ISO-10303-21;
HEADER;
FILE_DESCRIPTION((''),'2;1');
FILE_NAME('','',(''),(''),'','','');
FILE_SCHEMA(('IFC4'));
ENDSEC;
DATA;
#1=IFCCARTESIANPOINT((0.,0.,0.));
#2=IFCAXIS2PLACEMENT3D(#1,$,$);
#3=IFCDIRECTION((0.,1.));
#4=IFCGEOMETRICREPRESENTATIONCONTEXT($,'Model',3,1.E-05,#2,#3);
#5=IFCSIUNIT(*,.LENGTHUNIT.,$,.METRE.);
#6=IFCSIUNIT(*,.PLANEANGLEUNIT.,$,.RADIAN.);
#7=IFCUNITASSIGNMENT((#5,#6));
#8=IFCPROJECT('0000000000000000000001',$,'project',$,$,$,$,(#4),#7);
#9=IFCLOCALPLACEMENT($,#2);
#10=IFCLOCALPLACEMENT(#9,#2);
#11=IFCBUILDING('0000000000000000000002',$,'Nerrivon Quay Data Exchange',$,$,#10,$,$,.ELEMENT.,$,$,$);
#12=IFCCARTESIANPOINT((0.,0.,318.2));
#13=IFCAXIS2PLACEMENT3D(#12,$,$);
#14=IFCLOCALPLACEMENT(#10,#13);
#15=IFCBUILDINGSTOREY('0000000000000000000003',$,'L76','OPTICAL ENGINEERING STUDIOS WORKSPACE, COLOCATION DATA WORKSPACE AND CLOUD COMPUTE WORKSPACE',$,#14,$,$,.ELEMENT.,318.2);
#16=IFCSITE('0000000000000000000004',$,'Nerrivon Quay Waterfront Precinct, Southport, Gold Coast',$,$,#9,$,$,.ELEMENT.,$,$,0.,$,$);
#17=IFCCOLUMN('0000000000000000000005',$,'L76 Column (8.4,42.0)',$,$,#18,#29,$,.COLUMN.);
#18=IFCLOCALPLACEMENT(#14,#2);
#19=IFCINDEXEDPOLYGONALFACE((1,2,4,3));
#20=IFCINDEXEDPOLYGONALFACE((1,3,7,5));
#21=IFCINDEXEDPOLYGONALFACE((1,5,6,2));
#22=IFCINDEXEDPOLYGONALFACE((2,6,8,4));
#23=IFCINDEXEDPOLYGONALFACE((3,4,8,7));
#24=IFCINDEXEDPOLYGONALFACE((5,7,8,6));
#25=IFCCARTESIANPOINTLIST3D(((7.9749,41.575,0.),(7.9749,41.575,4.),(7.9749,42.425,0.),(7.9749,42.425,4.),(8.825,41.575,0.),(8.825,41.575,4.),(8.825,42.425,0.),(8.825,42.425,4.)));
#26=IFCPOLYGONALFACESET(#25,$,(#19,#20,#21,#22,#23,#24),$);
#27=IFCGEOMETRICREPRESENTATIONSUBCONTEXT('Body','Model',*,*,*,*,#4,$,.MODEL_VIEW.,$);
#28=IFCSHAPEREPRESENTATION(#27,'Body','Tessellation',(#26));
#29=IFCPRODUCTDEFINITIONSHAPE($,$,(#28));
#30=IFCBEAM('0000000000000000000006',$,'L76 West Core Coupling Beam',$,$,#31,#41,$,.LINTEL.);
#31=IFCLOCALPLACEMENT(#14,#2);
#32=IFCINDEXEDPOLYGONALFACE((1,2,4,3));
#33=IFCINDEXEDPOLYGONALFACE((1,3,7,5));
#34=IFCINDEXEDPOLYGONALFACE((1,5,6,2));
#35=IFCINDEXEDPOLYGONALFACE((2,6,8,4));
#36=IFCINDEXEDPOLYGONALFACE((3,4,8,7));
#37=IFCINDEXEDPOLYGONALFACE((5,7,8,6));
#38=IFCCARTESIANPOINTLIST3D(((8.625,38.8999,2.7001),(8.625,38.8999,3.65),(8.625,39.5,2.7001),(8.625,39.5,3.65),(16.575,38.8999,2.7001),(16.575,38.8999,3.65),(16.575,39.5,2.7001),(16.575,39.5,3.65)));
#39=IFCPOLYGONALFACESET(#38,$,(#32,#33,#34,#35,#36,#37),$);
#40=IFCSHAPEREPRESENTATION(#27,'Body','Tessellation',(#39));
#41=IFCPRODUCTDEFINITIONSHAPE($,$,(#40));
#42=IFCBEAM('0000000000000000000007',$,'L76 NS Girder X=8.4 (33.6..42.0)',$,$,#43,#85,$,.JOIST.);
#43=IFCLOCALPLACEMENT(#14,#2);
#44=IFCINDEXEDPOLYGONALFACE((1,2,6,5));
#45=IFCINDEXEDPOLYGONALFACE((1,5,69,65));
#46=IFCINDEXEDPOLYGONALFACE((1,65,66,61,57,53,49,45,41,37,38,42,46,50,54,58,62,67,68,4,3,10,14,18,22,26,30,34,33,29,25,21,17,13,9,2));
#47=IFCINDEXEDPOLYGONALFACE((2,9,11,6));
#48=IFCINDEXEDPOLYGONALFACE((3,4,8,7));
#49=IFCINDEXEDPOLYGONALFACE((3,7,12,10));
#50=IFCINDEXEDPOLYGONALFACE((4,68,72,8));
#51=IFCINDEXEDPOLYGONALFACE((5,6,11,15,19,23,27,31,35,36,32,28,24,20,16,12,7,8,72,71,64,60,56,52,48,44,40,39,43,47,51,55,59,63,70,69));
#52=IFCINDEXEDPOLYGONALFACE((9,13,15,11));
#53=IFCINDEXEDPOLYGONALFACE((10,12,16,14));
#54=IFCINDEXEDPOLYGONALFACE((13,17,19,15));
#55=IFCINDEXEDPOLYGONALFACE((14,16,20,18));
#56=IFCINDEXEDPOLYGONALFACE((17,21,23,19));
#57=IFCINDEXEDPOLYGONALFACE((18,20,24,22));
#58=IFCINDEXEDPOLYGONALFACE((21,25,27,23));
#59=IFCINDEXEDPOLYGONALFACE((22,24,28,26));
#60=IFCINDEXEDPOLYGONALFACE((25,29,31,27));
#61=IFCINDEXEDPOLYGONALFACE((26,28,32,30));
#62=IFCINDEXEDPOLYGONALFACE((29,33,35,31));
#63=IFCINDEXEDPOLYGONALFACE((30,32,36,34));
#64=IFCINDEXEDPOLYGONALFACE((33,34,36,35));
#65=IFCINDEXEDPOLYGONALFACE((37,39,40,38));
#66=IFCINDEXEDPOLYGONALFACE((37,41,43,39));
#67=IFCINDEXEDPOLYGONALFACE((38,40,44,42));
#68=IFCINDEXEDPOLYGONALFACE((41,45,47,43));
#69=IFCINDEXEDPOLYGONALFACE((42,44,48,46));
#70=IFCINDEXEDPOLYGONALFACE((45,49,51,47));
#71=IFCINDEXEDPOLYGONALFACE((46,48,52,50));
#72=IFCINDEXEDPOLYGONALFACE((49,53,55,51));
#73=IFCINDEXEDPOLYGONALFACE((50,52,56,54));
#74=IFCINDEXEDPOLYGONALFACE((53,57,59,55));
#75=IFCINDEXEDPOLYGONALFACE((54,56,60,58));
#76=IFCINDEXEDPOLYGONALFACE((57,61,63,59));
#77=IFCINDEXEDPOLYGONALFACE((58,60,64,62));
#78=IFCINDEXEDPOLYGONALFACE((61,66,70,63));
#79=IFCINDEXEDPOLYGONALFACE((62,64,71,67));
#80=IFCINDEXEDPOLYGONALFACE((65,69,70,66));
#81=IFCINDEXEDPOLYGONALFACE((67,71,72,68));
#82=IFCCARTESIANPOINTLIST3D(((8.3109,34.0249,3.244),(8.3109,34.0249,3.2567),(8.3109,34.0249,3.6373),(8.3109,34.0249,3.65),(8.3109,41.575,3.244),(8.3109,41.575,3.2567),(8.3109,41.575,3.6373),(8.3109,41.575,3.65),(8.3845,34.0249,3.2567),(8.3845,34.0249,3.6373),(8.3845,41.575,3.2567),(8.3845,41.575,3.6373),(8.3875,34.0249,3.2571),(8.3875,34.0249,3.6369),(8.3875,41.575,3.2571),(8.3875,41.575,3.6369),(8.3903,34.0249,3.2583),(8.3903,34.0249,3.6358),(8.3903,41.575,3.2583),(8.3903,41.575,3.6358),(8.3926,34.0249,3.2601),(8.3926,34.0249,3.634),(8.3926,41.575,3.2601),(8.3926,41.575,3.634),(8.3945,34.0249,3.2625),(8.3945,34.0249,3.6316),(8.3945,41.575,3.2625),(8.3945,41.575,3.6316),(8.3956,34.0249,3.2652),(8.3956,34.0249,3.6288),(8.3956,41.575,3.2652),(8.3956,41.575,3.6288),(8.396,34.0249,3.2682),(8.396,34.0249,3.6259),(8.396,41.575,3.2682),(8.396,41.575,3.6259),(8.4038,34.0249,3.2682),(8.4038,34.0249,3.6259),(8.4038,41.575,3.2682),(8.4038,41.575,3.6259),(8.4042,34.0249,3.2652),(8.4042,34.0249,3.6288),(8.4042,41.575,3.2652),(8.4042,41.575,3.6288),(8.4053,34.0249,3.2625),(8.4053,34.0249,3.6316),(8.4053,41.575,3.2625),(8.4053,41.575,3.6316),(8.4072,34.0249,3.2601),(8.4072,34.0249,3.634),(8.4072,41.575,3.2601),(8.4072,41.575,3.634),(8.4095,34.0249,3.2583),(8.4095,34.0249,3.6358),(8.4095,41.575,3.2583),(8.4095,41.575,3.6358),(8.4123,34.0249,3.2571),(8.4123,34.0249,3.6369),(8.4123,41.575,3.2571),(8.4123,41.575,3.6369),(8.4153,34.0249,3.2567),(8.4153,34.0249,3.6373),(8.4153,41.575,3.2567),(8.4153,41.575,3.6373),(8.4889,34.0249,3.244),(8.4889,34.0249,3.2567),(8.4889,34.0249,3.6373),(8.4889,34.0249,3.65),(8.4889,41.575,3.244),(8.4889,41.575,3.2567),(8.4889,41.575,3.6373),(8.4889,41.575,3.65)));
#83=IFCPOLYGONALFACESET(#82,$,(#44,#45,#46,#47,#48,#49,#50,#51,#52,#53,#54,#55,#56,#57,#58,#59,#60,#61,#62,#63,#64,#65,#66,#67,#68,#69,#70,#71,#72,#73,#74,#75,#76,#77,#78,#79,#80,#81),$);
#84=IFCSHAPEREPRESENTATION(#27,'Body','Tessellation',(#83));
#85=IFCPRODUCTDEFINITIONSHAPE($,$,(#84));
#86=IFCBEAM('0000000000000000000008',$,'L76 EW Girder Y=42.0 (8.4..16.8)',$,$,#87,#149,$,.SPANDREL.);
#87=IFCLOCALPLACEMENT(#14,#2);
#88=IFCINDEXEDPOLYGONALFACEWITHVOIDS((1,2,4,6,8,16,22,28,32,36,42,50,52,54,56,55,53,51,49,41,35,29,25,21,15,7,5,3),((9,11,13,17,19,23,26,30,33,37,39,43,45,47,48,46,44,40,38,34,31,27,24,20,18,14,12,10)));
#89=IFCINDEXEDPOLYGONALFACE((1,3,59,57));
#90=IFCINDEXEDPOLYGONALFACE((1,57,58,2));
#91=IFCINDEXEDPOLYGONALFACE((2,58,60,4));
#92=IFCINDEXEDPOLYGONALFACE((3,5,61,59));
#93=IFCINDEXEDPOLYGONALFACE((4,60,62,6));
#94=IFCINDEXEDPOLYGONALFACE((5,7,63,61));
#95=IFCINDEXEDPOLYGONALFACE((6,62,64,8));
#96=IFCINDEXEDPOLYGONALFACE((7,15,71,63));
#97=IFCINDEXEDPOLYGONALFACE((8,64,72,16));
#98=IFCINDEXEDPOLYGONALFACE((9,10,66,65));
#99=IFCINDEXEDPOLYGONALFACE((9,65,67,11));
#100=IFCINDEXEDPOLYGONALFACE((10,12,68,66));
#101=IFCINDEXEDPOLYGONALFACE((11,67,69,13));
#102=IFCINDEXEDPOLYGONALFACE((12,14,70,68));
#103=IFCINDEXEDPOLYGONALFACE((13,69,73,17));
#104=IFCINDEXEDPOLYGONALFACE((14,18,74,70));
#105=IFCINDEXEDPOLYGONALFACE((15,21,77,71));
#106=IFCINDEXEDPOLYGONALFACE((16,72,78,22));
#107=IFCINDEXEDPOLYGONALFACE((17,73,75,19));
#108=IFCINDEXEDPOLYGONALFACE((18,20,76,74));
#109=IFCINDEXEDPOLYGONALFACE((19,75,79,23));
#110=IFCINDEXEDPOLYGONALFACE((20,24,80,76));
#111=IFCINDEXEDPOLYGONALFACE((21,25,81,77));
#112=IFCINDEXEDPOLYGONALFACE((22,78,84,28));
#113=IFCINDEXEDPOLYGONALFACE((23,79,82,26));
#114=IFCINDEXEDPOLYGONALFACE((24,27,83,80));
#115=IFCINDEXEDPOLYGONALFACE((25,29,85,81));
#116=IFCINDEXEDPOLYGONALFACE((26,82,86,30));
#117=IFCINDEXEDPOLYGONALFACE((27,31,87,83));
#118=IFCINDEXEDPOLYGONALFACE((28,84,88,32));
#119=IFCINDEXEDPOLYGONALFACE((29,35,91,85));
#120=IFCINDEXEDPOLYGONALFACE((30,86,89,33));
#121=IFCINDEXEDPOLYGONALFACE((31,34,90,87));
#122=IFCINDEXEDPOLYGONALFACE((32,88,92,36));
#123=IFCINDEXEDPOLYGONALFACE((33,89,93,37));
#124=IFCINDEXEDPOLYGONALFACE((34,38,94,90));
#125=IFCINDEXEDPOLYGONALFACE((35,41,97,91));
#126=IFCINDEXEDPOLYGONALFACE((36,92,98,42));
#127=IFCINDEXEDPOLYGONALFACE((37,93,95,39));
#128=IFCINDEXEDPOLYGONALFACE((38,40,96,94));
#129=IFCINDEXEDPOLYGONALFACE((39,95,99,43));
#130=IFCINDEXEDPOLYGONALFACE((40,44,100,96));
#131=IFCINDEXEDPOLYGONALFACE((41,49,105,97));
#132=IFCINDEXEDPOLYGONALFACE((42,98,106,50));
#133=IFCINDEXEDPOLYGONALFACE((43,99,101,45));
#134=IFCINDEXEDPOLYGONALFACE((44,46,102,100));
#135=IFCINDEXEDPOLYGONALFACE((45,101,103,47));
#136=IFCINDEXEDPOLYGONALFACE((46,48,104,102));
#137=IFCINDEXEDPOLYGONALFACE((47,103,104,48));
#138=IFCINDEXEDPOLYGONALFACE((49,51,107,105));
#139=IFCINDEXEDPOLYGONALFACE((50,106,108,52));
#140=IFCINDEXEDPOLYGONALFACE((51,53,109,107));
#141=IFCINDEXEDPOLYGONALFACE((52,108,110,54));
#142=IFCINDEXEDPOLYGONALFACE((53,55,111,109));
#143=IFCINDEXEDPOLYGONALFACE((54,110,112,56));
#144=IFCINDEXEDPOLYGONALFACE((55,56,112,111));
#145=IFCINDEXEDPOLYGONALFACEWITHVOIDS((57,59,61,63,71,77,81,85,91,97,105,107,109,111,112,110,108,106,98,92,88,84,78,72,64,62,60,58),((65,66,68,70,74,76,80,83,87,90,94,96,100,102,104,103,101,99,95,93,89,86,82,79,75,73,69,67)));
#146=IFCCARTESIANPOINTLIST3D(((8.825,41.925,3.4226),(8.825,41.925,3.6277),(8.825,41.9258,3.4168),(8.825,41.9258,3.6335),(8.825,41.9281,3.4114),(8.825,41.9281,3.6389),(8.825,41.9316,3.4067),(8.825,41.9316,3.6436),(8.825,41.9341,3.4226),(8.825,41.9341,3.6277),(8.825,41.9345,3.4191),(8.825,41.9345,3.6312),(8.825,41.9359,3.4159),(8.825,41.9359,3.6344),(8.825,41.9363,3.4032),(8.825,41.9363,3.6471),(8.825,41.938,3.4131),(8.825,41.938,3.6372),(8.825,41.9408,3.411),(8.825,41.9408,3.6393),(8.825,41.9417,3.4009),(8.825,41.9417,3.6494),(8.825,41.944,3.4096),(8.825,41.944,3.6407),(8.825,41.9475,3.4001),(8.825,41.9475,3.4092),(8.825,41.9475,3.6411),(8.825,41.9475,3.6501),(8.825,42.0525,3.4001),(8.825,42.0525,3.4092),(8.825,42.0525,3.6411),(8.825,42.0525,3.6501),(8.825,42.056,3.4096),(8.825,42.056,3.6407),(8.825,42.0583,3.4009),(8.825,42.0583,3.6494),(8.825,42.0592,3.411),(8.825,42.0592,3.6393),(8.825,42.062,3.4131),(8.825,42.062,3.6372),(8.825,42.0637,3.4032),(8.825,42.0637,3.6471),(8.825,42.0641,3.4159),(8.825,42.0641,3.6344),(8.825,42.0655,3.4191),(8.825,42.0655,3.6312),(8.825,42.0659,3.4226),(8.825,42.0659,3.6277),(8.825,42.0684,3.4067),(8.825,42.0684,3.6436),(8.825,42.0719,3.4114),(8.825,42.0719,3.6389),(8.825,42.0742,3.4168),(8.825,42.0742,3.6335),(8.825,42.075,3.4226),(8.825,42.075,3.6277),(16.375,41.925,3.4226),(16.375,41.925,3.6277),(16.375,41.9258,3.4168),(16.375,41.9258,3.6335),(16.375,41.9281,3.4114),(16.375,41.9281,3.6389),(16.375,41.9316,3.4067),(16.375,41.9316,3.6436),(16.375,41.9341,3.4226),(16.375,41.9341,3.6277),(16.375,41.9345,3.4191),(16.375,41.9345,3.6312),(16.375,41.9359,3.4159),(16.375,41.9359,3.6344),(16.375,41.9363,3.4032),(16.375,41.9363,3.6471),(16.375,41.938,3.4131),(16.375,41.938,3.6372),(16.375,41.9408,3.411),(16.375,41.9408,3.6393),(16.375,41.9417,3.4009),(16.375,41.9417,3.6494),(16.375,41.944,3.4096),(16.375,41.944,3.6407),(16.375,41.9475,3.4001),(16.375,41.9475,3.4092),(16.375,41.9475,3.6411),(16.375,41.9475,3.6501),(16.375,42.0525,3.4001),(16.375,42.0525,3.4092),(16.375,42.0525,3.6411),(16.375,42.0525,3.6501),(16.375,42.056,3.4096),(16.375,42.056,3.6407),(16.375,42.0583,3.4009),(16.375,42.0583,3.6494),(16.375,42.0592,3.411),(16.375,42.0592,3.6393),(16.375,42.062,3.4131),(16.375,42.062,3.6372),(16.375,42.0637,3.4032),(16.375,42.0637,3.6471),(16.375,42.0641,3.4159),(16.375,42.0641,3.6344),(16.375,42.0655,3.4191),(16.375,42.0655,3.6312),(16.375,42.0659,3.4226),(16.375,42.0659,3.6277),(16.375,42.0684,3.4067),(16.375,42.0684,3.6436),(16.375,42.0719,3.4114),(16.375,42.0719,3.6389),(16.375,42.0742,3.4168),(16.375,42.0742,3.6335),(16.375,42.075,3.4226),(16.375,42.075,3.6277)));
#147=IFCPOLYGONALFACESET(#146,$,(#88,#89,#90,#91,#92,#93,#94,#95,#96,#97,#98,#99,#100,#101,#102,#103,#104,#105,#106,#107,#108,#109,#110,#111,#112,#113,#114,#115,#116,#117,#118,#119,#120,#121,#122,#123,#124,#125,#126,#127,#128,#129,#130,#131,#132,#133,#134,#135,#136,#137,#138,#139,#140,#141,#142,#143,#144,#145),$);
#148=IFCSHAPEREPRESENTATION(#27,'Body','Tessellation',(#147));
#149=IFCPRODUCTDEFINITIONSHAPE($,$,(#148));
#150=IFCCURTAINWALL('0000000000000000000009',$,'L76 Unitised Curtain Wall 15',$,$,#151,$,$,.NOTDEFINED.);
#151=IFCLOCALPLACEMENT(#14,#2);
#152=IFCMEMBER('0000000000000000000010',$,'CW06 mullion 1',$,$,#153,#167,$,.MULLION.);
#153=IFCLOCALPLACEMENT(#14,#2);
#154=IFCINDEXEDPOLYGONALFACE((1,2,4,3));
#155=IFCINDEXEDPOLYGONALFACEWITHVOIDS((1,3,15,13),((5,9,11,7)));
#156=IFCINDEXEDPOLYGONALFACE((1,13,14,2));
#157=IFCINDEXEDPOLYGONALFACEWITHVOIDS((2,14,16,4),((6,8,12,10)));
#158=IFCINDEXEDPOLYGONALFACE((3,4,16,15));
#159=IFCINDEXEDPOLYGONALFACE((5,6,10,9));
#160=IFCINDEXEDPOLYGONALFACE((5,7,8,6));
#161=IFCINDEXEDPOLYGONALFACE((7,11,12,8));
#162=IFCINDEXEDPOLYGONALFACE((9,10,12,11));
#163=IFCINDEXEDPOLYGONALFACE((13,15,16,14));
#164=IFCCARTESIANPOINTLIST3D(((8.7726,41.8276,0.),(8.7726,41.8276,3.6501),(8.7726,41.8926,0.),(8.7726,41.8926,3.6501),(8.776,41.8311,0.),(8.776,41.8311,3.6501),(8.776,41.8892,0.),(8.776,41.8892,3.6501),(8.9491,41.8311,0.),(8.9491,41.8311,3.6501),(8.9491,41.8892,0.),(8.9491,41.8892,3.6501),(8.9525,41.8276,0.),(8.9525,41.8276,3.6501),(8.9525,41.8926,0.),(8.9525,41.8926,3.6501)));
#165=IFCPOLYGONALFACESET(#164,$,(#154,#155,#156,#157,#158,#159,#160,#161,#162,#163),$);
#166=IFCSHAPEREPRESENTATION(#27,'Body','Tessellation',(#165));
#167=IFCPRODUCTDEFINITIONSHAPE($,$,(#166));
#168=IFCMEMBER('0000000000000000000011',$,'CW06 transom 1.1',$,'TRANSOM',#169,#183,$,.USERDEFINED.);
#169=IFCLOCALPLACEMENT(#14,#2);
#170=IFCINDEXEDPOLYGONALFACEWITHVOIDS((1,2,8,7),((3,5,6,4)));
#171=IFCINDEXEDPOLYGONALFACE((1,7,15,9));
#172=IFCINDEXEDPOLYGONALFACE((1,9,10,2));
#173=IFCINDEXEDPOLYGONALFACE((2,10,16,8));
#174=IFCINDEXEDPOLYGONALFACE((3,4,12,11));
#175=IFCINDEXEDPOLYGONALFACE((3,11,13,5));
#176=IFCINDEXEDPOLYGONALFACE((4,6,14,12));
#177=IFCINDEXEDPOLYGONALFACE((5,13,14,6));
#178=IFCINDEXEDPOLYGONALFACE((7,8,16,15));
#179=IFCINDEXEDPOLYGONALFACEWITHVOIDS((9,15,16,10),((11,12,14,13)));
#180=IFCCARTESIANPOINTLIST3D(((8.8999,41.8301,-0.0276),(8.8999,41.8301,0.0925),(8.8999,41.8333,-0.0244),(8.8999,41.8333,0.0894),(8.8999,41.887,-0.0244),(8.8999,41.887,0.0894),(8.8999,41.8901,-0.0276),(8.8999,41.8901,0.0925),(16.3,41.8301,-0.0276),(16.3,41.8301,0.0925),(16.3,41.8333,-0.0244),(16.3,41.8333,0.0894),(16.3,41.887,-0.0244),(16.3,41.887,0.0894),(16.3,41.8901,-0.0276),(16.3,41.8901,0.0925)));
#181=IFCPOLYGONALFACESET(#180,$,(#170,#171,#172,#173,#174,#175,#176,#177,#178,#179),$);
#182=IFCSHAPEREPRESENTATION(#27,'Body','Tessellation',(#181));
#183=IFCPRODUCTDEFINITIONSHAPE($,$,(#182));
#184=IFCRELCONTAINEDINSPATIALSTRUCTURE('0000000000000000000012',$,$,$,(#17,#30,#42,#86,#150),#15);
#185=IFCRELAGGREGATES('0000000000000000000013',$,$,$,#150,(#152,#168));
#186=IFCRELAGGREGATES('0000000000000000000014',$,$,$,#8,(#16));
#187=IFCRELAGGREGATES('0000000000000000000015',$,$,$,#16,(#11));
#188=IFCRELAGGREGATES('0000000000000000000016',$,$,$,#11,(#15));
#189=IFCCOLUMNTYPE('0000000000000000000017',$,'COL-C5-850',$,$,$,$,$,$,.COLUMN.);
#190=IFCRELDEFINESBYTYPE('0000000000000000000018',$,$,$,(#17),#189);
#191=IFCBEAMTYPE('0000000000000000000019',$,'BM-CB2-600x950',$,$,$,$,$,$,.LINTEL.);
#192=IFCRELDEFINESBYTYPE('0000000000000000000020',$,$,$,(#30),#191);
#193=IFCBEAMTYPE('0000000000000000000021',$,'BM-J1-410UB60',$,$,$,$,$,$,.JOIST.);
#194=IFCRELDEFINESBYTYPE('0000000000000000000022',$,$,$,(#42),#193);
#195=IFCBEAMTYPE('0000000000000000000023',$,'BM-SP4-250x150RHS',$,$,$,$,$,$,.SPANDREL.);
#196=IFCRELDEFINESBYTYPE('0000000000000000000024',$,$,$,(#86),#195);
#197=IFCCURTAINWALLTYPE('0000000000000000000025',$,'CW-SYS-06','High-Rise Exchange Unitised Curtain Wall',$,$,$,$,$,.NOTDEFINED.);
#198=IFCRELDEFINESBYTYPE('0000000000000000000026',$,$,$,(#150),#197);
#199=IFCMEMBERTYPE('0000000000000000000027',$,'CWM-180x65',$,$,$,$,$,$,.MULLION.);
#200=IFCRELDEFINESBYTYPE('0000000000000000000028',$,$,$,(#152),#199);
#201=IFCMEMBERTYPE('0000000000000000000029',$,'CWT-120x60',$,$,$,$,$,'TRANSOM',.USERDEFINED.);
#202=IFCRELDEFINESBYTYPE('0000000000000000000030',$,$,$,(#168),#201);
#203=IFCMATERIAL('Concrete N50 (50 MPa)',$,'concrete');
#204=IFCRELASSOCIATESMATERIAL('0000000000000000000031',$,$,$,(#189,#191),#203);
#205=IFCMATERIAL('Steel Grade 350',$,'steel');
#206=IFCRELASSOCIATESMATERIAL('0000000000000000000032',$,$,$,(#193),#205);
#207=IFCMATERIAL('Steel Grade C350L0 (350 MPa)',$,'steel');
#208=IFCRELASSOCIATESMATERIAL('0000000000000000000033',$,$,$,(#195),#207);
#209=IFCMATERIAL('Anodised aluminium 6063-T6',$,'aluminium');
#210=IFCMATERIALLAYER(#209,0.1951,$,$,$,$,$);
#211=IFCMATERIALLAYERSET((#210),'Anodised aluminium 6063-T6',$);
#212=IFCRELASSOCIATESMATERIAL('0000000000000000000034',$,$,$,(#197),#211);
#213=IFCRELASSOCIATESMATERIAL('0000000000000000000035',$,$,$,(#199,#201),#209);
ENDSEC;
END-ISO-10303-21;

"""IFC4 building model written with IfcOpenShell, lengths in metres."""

from ifc_helpers import new_model, si_unit, direction, frame, origin, origin_2d, place, context, subcontext, project, spatial, rectangle, hollow_rectangle, i_section, extrude, material, layer, layer_set, material_profile, profile_set, type_object, element, aggregate, save


model = new_model("IFC4")

# Units and contexts
model_context = context("Model", 3, precision=1e-05, world=origin(), true_north=direction((0.0, 1.0)))
body_context = subcontext(model_context, "Body", "Model", "MODEL_VIEW")
ifc_project = project(units=[si_unit("LENGTHUNIT", "METRE"), si_unit("PLANEANGLEUNIT", "RADIAN")], contexts=[model_context])

# Site, building, storey
site_placement = place(None, origin())
site = spatial("IfcSite", under=ifc_project, at=site_placement, Name="Nerrivon Quay Waterfront Precinct, Southport, Gold Coast", CompositionType="ELEMENT", RefElevation=0.0)
building_placement = place(site_placement, origin())
building = spatial("IfcBuilding", under=site, at=building_placement, Name="Nerrivon Quay Data Exchange", CompositionType="ELEMENT")
storey_placement = place(building_placement, frame((0.0, 0.0, 318.2)))
storey = spatial("IfcBuildingStorey", under=building, at=storey_placement, Name="L76", Description="OPTICAL ENGINEERING STUDIOS WORKSPACE, COLOCATION DATA WORKSPACE AND CLOUD COMPUTE WORKSPACE", CompositionType="ELEMENT", Elevation=318.2)

# Column
ifc_material_1 = material(Name="Concrete N50 (50 MPa)", Category="concrete")
ifc_material_profile_1 = material_profile(ifc_material_1, rectangle(XDim=0.8501, YDim=0.8501, at=origin_2d()), Name="RC-COL-850x850")
ifc_profile_set_1 = profile_set([ifc_material_profile_1], Name="Concrete N50 (50 MPa)")
column_type = type_object("IfcColumnType", Name="COL-C5-850", PredefinedType="COLUMN", material=ifc_profile_set_1)
column_placement = place(storey_placement, frame((8.3999, 42.0, 0.0), z_axis=(0.0, 0.0, 1.0), x_axis=(1.0, 0.0, 0.0)))
element("IfcColumn", 1, at=column_placement, inside=storey, type_object=column_type, Name="L76 Column (8.4,42.0)", PredefinedType="COLUMN", context=body_context, shape_type="SweptSolid", body=[
    extrude(rectangle(XDim=0.8501, YDim=0.8501, at=origin_2d()), origin(), (0.0, 0.0, 1.0), 4.0),
])

# Beams
ifc_material_profile_2 = material_profile(ifc_material_1, rectangle(XDim=0.6001, YDim=0.95, at=origin_2d()), Name="RC-CB-600x950")
ifc_profile_set_2 = profile_set([ifc_material_profile_2], Name="Concrete N50 (50 MPa)")
beam_type_1 = type_object("IfcBeamType", Name="BM-CB2-600x950", PredefinedType="LINTEL", material=ifc_profile_set_2)
beam_1_placement = place(storey_placement, frame((8.625, 39.2, 3.175), z_axis=(1.0, 0.0, 0.0), x_axis=(0.0, 1.0, 0.0)))
element("IfcBeam", 2, at=beam_1_placement, inside=storey, type_object=beam_type_1, Name="L76 West Core Coupling Beam", PredefinedType="LINTEL", context=body_context, shape_type="SweptSolid", body=[
    extrude(rectangle(XDim=0.6001, YDim=0.95, at=origin_2d()), origin(), (0.0, 0.0, 1.0), 7.95),
])
ifc_material_2 = material(Name="Steel Grade 350", Category="steel")
ifc_material_profile_3 = material_profile(ifc_material_2, i_section(OverallWidth=0.178, OverallDepth=0.406, WebThickness=0.0078, FlangeThickness=0.0127, FilletRadius=0.0115, at=origin_2d()), Name="410UB59.7")
ifc_profile_set_3 = profile_set([ifc_material_profile_3], Name="Steel Grade 350")
beam_type_2 = type_object("IfcBeamType", Name="BM-J1-410UB60", PredefinedType="JOIST", material=ifc_profile_set_3)
beam_2_placement = place(storey_placement, frame((8.3999, 34.0249, 3.447), z_axis=(0.0, 1.0, 0.0), x_axis=(-1.0, 0.0, 0.0)))
element("IfcBeam", 3, at=beam_2_placement, inside=storey, type_object=beam_type_2, Name="L76 NS Girder X=8.4 (33.6..42.0)", PredefinedType="JOIST", context=body_context, shape_type="SweptSolid", body=[
    extrude(i_section(OverallWidth=0.178, OverallDepth=0.406, WebThickness=0.0078, FlangeThickness=0.0127, FilletRadius=0.0115, at=origin_2d()), origin(), (0.0, 0.0, 1.0), 7.55),
])
ifc_material_3 = material(Name="Steel Grade C350L0 (350 MPa)", Category="steel")
ifc_material_profile_4 = material_profile(ifc_material_3, hollow_rectangle(XDim=0.1499, YDim=0.25, WallThickness=0.009, InnerFilletRadius=0.0134, OuterFilletRadius=0.0225, at=origin_2d()), Name="250x150x9.0RHS")
ifc_profile_set_4 = profile_set([ifc_material_profile_4], Name="Steel Grade C350L0 (350 MPa)")
beam_type_3 = type_object("IfcBeamType", Name="BM-SP4-250x150RHS", PredefinedType="SPANDREL", material=ifc_profile_set_4)
beam_3_placement = place(storey_placement, frame((8.825, 42.0, 3.5251), z_axis=(1.0, 0.0, 0.0), x_axis=(0.0, 1.0, 0.0)))
element("IfcBeam", 4, at=beam_3_placement, inside=storey, type_object=beam_type_3, Name="L76 EW Girder Y=42.0 (8.4..16.8)", PredefinedType="SPANDREL", context=body_context, shape_type="SweptSolid", body=[
    extrude(hollow_rectangle(XDim=0.1499, YDim=0.25, WallThickness=0.009, InnerFilletRadius=0.0134, OuterFilletRadius=0.0225, at=origin_2d()), origin(), (0.0, 0.0, 1.0), 7.55),
])

# Curtain wall, members
ifc_material_4 = material(Name="Anodised aluminium 6063-T6", Category="aluminium")
ifc_layer_1 = layer(ifc_material_4, 0.1951)
ifc_layer_set_1 = layer_set([ifc_layer_1], Name="Anodised aluminium 6063-T6")
curtain_wall_type = type_object("IfcCurtainWallType", Name="CW-SYS-06", Description="High-Rise Exchange Unitised Curtain Wall", PredefinedType="NOTDEFINED", material=ifc_layer_set_1)
curtain_wall_placement = place(storey_placement, origin())
curtain_wall = element("IfcCurtainWall", 5, at=curtain_wall_placement, inside=storey, type_object=curtain_wall_type, Name="L76 Unitised Curtain Wall 15", PredefinedType="NOTDEFINED")
ifc_material_profile_5 = material_profile(ifc_material_4, hollow_rectangle(XDim=0.0649, YDim=0.1799, WallThickness=0.0034, at=origin_2d()), Name="ALU-MULL-180x65")
ifc_profile_set_5 = profile_set([ifc_material_profile_5], Name="Anodised aluminium 6063-T6")
member_type_1 = type_object("IfcMemberType", Name="CWM-180x65", PredefinedType="MULLION", material=ifc_profile_set_5)
member_1_placement = place(storey_placement, frame((8.8625, 41.8601, 0.0), z_axis=(0.0, 0.0, 1.0), x_axis=(0.0, 1.0, 0.0)))
member_1 = element("IfcMember", 6, at=member_1_placement, type_object=member_type_1, Name="CW06 mullion 1", PredefinedType="MULLION", context=body_context, shape_type="SweptSolid", body=[
    extrude(hollow_rectangle(XDim=0.0649, YDim=0.1799, WallThickness=0.0034, at=origin_2d()), origin(), (0.0, 0.0, 1.0), 3.6501),
])
ifc_material_profile_6 = material_profile(ifc_material_4, hollow_rectangle(XDim=0.0601, YDim=0.1201, WallThickness=0.0032, at=origin_2d()), Name="ALU-TRAN-120x60")
ifc_profile_set_6 = profile_set([ifc_material_profile_6], Name="Anodised aluminium 6063-T6")
member_type_2 = type_object("IfcMemberType", Name="CWT-120x60", ElementType="TRANSOM", PredefinedType="USERDEFINED", material=ifc_profile_set_6)
member_2_placement = place(storey_placement, frame((8.8999, 41.8601, 0.0325), z_axis=(1.0, 0.0, 0.0), x_axis=(0.0, 1.0, 0.0)))
member_2 = element("IfcMember", 7, at=member_2_placement, type_object=member_type_2, Name="CW06 transom 1.1", ObjectType="TRANSOM", PredefinedType="USERDEFINED", context=body_context, shape_type="SweptSolid", body=[
    extrude(hollow_rectangle(XDim=0.0601, YDim=0.1201, WallThickness=0.0032, at=origin_2d()), origin(), (0.0, 0.0, 1.0), 7.4001),
])
aggregate(curtain_wall, [member_1, member_2])

save(model, "model.ifc")
